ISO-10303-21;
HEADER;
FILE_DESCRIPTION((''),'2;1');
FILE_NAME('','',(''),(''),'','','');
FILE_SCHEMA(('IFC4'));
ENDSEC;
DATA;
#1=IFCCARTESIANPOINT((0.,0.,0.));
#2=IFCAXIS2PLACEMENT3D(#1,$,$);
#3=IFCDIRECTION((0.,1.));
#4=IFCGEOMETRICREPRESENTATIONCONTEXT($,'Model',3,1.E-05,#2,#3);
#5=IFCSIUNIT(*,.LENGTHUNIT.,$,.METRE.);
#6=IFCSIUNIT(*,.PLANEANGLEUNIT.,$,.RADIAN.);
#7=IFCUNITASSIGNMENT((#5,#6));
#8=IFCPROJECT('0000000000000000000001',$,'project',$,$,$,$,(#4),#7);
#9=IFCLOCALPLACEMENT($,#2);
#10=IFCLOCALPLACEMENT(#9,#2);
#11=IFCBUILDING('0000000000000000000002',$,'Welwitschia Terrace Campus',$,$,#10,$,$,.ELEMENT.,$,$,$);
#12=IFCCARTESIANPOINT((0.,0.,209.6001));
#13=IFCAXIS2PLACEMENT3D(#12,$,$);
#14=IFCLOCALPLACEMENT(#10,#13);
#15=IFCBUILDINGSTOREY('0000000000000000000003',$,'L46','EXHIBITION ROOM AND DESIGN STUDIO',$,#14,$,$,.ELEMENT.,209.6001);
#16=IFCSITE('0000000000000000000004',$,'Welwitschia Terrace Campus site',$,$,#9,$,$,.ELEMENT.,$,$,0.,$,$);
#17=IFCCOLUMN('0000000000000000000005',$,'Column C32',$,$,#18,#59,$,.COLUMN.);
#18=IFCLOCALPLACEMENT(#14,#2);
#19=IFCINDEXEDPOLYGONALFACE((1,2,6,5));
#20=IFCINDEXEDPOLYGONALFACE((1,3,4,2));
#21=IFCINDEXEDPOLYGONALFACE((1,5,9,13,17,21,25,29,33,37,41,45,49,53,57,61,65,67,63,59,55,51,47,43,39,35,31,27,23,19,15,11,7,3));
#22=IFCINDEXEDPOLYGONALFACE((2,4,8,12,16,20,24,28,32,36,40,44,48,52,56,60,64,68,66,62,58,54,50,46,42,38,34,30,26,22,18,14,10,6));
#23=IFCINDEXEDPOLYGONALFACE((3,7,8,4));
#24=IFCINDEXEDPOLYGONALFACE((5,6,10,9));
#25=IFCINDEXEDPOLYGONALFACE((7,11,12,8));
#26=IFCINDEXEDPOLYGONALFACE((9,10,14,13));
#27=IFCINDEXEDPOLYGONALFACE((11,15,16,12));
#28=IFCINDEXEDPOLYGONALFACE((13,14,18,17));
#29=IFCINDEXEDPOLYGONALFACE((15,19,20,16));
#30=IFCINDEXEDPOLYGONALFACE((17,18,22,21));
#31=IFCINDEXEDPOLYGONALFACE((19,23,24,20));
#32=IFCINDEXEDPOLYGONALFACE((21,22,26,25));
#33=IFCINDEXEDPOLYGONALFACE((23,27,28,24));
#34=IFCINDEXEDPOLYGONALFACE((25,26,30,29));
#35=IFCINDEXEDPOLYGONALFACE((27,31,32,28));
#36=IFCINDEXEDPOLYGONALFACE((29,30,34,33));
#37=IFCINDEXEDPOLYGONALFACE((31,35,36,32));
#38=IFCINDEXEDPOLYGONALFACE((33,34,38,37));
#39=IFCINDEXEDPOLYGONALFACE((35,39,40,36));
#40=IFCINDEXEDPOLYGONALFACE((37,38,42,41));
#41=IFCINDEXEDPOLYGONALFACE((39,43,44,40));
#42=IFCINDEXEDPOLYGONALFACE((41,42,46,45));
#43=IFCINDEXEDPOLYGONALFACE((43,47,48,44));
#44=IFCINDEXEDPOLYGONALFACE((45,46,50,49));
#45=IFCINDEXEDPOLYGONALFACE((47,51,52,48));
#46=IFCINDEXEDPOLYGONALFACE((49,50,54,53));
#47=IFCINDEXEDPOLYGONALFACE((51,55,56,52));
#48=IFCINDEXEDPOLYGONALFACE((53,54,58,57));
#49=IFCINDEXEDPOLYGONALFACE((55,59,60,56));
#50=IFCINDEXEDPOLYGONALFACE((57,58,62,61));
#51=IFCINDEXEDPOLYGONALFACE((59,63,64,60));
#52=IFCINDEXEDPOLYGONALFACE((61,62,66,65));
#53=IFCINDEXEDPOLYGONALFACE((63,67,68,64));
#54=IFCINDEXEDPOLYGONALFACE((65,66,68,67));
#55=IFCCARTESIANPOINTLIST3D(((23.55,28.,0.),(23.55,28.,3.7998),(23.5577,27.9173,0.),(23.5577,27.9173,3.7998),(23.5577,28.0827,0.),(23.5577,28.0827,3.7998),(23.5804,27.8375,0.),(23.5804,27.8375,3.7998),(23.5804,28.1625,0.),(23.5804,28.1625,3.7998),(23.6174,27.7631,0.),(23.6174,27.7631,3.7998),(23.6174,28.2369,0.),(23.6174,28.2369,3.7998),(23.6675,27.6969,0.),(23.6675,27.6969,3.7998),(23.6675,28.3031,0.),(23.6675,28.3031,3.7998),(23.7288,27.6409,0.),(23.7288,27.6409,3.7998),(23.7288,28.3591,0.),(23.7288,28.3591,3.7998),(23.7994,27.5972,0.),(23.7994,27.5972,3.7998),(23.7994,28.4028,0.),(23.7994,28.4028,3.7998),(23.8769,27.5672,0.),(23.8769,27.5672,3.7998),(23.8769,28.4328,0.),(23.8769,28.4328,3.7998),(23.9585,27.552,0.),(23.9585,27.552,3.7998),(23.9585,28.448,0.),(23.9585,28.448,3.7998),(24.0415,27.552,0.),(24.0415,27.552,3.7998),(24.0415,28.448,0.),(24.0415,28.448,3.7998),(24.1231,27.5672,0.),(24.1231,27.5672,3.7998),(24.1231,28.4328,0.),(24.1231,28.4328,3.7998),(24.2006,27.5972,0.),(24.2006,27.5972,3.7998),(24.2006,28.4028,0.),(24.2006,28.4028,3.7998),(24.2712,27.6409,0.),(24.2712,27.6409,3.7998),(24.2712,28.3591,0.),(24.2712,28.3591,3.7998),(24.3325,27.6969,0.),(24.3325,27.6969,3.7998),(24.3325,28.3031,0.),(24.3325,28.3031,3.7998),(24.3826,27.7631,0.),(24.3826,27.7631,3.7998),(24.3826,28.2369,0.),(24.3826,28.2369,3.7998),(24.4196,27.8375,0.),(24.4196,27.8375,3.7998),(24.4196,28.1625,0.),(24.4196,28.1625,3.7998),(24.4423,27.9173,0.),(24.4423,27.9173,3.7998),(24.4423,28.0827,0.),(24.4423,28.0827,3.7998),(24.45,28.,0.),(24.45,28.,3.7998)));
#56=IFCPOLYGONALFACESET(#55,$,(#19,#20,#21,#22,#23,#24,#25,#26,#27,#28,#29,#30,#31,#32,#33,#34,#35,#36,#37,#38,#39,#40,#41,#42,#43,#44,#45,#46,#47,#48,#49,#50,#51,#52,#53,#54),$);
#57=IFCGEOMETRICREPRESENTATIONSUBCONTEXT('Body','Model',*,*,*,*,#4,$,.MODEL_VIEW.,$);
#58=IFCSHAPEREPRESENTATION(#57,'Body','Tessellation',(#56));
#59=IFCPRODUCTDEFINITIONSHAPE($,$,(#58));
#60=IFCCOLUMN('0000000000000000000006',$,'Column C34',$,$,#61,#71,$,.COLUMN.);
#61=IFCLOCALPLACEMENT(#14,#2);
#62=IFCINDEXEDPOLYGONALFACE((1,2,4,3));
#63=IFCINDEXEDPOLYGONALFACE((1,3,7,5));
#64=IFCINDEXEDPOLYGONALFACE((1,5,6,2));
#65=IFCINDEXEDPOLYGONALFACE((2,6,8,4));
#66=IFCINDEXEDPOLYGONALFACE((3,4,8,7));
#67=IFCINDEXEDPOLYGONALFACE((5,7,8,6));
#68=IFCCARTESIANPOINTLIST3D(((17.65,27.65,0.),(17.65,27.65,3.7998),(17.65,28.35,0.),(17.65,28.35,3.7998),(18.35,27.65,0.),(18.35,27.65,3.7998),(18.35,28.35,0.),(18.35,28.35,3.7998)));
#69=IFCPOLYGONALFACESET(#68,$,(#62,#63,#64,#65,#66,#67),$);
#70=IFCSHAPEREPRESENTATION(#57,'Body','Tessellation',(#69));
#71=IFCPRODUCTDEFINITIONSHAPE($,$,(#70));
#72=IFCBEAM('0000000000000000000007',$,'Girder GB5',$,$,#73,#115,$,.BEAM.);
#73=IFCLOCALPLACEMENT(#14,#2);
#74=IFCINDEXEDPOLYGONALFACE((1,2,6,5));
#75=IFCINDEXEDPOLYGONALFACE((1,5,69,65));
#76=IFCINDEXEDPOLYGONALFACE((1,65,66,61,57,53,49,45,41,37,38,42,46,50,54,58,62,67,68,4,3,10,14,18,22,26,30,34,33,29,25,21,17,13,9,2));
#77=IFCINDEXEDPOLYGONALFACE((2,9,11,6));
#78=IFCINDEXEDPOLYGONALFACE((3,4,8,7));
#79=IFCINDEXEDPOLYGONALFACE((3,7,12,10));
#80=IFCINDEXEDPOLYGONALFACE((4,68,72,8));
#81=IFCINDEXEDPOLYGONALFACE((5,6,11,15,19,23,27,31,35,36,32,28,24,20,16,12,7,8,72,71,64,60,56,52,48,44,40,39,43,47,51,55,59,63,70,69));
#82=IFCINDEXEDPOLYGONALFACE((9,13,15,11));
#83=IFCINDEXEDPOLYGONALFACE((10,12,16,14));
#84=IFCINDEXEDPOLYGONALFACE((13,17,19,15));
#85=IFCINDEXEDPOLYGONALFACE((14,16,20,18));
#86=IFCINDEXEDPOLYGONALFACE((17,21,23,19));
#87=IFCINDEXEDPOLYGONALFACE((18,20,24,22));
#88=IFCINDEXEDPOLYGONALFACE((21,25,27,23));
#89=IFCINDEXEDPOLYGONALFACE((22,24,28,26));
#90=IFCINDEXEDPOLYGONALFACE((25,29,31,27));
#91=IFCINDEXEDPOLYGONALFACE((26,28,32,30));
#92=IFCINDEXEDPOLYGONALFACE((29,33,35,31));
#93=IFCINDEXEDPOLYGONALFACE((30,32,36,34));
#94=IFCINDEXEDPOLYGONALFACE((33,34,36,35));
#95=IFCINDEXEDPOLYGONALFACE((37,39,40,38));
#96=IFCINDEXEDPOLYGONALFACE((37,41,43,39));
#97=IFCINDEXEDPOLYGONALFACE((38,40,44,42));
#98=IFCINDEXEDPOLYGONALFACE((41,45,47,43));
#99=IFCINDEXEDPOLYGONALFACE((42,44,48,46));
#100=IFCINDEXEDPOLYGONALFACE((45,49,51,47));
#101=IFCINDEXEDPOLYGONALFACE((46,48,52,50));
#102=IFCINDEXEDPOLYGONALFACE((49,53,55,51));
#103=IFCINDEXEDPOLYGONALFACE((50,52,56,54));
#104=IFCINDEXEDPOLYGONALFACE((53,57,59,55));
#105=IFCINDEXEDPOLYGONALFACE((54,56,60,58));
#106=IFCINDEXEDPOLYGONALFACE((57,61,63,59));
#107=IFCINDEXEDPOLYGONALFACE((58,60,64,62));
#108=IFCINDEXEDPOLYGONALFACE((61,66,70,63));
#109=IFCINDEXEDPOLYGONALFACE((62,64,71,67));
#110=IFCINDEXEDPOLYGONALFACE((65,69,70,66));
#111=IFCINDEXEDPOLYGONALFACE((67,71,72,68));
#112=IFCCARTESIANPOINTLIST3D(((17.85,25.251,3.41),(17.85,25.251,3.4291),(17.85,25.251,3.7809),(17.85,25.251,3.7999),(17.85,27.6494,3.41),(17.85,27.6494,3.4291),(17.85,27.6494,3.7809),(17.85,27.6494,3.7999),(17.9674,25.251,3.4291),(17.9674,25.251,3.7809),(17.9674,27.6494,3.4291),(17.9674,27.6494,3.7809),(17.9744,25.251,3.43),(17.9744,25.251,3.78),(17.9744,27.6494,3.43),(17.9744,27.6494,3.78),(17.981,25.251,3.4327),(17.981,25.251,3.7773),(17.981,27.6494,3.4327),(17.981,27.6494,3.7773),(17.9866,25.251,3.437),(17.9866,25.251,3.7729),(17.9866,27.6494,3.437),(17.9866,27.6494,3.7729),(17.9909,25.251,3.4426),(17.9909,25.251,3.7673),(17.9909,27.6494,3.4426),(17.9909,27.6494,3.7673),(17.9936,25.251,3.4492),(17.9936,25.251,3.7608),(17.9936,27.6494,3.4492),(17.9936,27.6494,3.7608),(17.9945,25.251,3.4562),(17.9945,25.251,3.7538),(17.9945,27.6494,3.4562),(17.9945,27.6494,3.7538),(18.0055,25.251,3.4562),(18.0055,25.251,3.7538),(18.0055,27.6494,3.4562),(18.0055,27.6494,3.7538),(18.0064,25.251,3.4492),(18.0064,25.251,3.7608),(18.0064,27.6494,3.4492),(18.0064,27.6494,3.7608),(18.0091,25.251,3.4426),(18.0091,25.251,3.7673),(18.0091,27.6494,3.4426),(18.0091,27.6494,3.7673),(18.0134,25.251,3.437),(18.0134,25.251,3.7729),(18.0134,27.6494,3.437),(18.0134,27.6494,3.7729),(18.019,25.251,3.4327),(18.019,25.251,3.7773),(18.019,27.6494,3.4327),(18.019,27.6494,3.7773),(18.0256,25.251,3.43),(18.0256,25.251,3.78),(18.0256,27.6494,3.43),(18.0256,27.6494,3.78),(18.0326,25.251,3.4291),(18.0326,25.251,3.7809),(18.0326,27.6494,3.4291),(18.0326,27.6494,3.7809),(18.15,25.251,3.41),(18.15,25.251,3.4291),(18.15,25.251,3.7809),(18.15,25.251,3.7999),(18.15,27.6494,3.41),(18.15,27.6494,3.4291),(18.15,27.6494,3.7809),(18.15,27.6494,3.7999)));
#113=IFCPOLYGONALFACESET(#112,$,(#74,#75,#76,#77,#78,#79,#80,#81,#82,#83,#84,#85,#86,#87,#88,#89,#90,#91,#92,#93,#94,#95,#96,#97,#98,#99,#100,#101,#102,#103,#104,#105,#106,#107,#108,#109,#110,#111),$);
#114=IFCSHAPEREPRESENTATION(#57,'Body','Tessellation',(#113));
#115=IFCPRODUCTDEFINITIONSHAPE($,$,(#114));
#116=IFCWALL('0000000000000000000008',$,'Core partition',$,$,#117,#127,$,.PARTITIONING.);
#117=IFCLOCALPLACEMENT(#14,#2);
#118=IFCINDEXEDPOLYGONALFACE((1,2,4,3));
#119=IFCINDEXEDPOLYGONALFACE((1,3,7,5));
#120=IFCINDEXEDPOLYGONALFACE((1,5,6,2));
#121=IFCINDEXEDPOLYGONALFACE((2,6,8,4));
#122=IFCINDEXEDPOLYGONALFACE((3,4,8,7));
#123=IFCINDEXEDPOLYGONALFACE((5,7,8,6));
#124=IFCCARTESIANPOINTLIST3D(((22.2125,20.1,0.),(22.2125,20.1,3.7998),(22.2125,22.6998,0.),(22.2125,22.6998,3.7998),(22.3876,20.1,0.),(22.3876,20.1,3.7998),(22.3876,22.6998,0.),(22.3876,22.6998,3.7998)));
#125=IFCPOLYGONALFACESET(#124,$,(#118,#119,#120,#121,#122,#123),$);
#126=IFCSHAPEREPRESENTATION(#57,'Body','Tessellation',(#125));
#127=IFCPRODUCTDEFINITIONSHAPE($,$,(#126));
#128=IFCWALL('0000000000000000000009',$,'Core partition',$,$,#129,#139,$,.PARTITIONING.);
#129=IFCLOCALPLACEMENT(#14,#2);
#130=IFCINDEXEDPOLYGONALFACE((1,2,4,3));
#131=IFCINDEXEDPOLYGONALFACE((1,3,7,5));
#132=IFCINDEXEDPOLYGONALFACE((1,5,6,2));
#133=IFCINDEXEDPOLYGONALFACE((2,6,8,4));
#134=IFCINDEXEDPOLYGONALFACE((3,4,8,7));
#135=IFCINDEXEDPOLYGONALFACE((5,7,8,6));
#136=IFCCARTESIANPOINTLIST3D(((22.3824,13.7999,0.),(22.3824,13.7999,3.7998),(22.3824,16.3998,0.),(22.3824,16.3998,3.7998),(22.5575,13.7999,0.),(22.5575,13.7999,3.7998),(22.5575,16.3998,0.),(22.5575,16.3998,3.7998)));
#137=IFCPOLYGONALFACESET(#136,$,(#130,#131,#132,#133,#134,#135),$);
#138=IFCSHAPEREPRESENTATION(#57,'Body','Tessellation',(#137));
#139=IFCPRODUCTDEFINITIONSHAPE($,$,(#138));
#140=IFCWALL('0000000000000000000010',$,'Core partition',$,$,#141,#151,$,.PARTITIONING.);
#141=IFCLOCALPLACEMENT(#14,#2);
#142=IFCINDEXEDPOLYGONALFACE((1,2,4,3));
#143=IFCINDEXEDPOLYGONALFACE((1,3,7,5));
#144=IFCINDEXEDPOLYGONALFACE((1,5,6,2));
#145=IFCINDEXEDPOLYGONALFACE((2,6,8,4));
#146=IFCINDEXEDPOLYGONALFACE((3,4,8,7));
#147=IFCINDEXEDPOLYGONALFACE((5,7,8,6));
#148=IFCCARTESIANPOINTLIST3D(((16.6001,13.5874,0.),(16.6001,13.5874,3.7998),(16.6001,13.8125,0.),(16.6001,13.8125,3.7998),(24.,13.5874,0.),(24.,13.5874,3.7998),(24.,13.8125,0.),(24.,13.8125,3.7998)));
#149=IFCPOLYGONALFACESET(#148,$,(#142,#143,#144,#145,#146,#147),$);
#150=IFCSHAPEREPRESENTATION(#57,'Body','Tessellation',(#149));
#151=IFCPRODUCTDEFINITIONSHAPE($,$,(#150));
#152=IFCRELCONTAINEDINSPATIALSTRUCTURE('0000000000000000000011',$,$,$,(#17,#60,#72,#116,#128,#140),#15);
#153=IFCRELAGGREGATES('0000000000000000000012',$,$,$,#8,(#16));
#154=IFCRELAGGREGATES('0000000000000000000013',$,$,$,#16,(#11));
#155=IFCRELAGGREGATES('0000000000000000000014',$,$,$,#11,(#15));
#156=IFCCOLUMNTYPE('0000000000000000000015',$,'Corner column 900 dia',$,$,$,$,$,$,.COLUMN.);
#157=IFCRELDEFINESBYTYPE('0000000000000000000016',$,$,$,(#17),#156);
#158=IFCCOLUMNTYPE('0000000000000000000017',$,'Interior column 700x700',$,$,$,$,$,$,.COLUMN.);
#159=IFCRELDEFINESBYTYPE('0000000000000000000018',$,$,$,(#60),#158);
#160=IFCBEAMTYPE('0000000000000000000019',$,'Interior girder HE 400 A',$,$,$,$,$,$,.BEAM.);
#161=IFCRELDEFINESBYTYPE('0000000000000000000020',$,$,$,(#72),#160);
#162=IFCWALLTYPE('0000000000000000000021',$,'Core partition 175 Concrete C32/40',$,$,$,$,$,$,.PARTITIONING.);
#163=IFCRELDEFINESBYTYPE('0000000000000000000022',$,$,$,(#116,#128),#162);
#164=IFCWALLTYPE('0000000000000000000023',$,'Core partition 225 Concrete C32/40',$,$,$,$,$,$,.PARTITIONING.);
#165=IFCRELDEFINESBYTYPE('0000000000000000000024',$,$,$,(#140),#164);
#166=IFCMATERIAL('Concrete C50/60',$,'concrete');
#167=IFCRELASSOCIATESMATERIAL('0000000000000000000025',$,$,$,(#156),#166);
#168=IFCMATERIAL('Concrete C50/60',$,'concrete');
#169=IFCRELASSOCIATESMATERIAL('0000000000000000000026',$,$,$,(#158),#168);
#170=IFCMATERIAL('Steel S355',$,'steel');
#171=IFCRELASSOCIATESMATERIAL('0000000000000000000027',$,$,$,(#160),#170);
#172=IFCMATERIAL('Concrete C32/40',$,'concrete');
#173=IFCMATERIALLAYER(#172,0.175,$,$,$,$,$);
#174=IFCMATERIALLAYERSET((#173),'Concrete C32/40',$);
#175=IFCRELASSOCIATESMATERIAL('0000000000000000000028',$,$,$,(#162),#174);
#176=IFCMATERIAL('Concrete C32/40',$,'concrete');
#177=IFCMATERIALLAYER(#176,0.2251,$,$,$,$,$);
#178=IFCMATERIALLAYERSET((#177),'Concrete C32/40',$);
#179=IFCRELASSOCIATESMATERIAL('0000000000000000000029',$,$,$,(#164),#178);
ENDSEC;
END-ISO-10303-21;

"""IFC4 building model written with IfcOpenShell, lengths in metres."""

from ifc_helpers import new_model, si_unit, direction, frame, frame_2d, origin, origin_2d, place, context, subcontext, project, spatial, rectangle, circle, i_section, extrude, material, layer, layer_set, material_profile, profile_set, type_object, element, save


model = new_model("IFC4")

# Units and contexts
model_context = context("Model", 3, precision=1e-05, world=origin(), true_north=direction((0.0, 1.0)))
body_context = subcontext(model_context, "Body", "Model", "MODEL_VIEW")
ifc_project = project(units=[si_unit("LENGTHUNIT", "METRE"), si_unit("PLANEANGLEUNIT", "RADIAN")], contexts=[model_context])

# Site, building, storey
site_placement = place(None, origin())
site = spatial("IfcSite", under=ifc_project, at=site_placement, Name="Welwitschia Terrace Campus site", CompositionType="ELEMENT", RefElevation=0.0)
building_placement = place(site_placement, origin())
building = spatial("IfcBuilding", under=site, at=building_placement, Name="Welwitschia Terrace Campus", CompositionType="ELEMENT")
storey_placement = place(building_placement, frame((0.0, 0.0, 209.6001)))
storey = spatial("IfcBuildingStorey", under=building, at=storey_placement, Name="L46", Description="EXHIBITION ROOM AND DESIGN STUDIO", CompositionType="ELEMENT", Elevation=209.6001)

# Columns
ifc_material_1 = material(Name="Concrete C50/60", Category="concrete")
ifc_material_profile_1 = material_profile(ifc_material_1, circle(Radius=0.45, at=origin_2d()))
ifc_profile_set_1 = profile_set([ifc_material_profile_1], Name="Concrete C50/60")
column_type_1 = type_object("IfcColumnType", Name="Corner column 900 dia", PredefinedType="COLUMN", material=ifc_profile_set_1)
column_1_placement = place(storey_placement, frame((24.0, 28.0, 0.0), z_axis=(0.0, 0.0, 1.0), x_axis=(1.0, 0.0, 0.0)))
element("IfcColumn", 1, at=column_1_placement, inside=storey, type_object=column_type_1, Name="Column C32", PredefinedType="COLUMN", context=body_context, shape_type="SweptSolid", body=[
    extrude(circle(Radius=0.45, at=origin_2d()), origin(), (0.0, 0.0, 1.0), 3.7998),
])
ifc_material_2 = material(Name="Concrete C50/60", Category="concrete")
ifc_material_profile_2 = material_profile(ifc_material_2, rectangle(XDim=0.7, YDim=0.7, at=origin_2d()))
ifc_profile_set_2 = profile_set([ifc_material_profile_2], Name="Concrete C50/60")
column_type_2 = type_object("IfcColumnType", Name="Interior column 700x700", PredefinedType="COLUMN", material=ifc_profile_set_2)
column_2_placement = place(storey_placement, frame((18.0, 28.0, 0.0), z_axis=(0.0, 0.0, 1.0), x_axis=(1.0, 0.0, 0.0)))
element("IfcColumn", 2, at=column_2_placement, inside=storey, type_object=column_type_2, Name="Column C34", PredefinedType="COLUMN", context=body_context, shape_type="SweptSolid", body=[
    extrude(rectangle(XDim=0.7, YDim=0.7, at=origin_2d()), origin(), (0.0, 0.0, 1.0), 3.7998),
])

# Beam
ifc_material_3 = material(Name="Steel S355", Category="steel")
ifc_material_profile_3 = material_profile(ifc_material_3, i_section(OverallWidth=0.3, OverallDepth=0.3899, WebThickness=0.011, FlangeThickness=0.019, FilletRadius=0.0271, at=origin_2d()))
ifc_profile_set_3 = profile_set([ifc_material_profile_3], Name="Steel S355")
beam_type = type_object("IfcBeamType", Name="Interior girder HE 400 A", PredefinedType="BEAM", material=ifc_profile_set_3)
beam_placement = place(storey_placement, frame((18.0, 25.251, 3.605), z_axis=(0.0, 1.0, 0.0), x_axis=(-1.0, 0.0, 0.0)))
element("IfcBeam", 3, at=beam_placement, inside=storey, type_object=beam_type, Name="Girder GB5", PredefinedType="BEAM", context=body_context, shape_type="SweptSolid", body=[
    extrude(i_section(OverallWidth=0.3, OverallDepth=0.3899, WebThickness=0.011, FlangeThickness=0.019, FilletRadius=0.0271, at=origin_2d()), origin(), (0.0, 0.0, 1.0), 2.3984),
])

# Walls
ifc_material_4 = material(Name="Concrete C32/40", Category="concrete")
ifc_layer_1 = layer(ifc_material_4, 0.175)
ifc_layer_set_1 = layer_set([ifc_layer_1], Name="Concrete C32/40")
wall_type_1 = type_object("IfcWallType", Name="Core partition 175 Concrete C32/40", PredefinedType="PARTITIONING", material=ifc_layer_set_1)
for number, where, z_axis, x_axis, name in (
    (4, (22.3, 20.1001, 0.0), (0.0, 0.0, 1.0), (0.0, 1.0, 0.0), "Core partition"),
    (5, (22.47, 13.8, 0.0), (0.0, 0.0, 1.0), (0.0, 1.0, 0.0), "Core partition"),
):
    element("IfcWall", number, at=place(storey_placement, frame(where, z_axis=z_axis, x_axis=x_axis)), inside=storey, type_object=wall_type_1, Name=name, PredefinedType="PARTITIONING", context=body_context, shape_type="SweptSolid", body=[
        extrude(rectangle(XDim=2.5999, YDim=0.175, at=frame_2d((1.2998, 0.0))), origin(), (0.0, 0.0, 1.0), 3.7998),
    ])
ifc_material_5 = material(Name="Concrete C32/40", Category="concrete")
ifc_layer_2 = layer(ifc_material_5, 0.2251)
ifc_layer_set_2 = layer_set([ifc_layer_2], Name="Concrete C32/40")
wall_type_2 = type_object("IfcWallType", Name="Core partition 225 Concrete C32/40", PredefinedType="PARTITIONING", material=ifc_layer_set_2)
wall_1_placement = place(storey_placement, frame((16.6001, 13.7, 0.0), z_axis=(0.0, 0.0, 1.0), x_axis=(1.0, 0.0, 0.0)))
element("IfcWall", 6, at=wall_1_placement, inside=storey, type_object=wall_type_2, Name="Core partition", PredefinedType="PARTITIONING", context=body_context, shape_type="SweptSolid", body=[
    extrude(rectangle(XDim=7.3999, YDim=0.2251, at=frame_2d((3.7, 0.0))), origin(), (0.0, 0.0, 1.0), 3.7998),
])

save(model, "model.ifc")
